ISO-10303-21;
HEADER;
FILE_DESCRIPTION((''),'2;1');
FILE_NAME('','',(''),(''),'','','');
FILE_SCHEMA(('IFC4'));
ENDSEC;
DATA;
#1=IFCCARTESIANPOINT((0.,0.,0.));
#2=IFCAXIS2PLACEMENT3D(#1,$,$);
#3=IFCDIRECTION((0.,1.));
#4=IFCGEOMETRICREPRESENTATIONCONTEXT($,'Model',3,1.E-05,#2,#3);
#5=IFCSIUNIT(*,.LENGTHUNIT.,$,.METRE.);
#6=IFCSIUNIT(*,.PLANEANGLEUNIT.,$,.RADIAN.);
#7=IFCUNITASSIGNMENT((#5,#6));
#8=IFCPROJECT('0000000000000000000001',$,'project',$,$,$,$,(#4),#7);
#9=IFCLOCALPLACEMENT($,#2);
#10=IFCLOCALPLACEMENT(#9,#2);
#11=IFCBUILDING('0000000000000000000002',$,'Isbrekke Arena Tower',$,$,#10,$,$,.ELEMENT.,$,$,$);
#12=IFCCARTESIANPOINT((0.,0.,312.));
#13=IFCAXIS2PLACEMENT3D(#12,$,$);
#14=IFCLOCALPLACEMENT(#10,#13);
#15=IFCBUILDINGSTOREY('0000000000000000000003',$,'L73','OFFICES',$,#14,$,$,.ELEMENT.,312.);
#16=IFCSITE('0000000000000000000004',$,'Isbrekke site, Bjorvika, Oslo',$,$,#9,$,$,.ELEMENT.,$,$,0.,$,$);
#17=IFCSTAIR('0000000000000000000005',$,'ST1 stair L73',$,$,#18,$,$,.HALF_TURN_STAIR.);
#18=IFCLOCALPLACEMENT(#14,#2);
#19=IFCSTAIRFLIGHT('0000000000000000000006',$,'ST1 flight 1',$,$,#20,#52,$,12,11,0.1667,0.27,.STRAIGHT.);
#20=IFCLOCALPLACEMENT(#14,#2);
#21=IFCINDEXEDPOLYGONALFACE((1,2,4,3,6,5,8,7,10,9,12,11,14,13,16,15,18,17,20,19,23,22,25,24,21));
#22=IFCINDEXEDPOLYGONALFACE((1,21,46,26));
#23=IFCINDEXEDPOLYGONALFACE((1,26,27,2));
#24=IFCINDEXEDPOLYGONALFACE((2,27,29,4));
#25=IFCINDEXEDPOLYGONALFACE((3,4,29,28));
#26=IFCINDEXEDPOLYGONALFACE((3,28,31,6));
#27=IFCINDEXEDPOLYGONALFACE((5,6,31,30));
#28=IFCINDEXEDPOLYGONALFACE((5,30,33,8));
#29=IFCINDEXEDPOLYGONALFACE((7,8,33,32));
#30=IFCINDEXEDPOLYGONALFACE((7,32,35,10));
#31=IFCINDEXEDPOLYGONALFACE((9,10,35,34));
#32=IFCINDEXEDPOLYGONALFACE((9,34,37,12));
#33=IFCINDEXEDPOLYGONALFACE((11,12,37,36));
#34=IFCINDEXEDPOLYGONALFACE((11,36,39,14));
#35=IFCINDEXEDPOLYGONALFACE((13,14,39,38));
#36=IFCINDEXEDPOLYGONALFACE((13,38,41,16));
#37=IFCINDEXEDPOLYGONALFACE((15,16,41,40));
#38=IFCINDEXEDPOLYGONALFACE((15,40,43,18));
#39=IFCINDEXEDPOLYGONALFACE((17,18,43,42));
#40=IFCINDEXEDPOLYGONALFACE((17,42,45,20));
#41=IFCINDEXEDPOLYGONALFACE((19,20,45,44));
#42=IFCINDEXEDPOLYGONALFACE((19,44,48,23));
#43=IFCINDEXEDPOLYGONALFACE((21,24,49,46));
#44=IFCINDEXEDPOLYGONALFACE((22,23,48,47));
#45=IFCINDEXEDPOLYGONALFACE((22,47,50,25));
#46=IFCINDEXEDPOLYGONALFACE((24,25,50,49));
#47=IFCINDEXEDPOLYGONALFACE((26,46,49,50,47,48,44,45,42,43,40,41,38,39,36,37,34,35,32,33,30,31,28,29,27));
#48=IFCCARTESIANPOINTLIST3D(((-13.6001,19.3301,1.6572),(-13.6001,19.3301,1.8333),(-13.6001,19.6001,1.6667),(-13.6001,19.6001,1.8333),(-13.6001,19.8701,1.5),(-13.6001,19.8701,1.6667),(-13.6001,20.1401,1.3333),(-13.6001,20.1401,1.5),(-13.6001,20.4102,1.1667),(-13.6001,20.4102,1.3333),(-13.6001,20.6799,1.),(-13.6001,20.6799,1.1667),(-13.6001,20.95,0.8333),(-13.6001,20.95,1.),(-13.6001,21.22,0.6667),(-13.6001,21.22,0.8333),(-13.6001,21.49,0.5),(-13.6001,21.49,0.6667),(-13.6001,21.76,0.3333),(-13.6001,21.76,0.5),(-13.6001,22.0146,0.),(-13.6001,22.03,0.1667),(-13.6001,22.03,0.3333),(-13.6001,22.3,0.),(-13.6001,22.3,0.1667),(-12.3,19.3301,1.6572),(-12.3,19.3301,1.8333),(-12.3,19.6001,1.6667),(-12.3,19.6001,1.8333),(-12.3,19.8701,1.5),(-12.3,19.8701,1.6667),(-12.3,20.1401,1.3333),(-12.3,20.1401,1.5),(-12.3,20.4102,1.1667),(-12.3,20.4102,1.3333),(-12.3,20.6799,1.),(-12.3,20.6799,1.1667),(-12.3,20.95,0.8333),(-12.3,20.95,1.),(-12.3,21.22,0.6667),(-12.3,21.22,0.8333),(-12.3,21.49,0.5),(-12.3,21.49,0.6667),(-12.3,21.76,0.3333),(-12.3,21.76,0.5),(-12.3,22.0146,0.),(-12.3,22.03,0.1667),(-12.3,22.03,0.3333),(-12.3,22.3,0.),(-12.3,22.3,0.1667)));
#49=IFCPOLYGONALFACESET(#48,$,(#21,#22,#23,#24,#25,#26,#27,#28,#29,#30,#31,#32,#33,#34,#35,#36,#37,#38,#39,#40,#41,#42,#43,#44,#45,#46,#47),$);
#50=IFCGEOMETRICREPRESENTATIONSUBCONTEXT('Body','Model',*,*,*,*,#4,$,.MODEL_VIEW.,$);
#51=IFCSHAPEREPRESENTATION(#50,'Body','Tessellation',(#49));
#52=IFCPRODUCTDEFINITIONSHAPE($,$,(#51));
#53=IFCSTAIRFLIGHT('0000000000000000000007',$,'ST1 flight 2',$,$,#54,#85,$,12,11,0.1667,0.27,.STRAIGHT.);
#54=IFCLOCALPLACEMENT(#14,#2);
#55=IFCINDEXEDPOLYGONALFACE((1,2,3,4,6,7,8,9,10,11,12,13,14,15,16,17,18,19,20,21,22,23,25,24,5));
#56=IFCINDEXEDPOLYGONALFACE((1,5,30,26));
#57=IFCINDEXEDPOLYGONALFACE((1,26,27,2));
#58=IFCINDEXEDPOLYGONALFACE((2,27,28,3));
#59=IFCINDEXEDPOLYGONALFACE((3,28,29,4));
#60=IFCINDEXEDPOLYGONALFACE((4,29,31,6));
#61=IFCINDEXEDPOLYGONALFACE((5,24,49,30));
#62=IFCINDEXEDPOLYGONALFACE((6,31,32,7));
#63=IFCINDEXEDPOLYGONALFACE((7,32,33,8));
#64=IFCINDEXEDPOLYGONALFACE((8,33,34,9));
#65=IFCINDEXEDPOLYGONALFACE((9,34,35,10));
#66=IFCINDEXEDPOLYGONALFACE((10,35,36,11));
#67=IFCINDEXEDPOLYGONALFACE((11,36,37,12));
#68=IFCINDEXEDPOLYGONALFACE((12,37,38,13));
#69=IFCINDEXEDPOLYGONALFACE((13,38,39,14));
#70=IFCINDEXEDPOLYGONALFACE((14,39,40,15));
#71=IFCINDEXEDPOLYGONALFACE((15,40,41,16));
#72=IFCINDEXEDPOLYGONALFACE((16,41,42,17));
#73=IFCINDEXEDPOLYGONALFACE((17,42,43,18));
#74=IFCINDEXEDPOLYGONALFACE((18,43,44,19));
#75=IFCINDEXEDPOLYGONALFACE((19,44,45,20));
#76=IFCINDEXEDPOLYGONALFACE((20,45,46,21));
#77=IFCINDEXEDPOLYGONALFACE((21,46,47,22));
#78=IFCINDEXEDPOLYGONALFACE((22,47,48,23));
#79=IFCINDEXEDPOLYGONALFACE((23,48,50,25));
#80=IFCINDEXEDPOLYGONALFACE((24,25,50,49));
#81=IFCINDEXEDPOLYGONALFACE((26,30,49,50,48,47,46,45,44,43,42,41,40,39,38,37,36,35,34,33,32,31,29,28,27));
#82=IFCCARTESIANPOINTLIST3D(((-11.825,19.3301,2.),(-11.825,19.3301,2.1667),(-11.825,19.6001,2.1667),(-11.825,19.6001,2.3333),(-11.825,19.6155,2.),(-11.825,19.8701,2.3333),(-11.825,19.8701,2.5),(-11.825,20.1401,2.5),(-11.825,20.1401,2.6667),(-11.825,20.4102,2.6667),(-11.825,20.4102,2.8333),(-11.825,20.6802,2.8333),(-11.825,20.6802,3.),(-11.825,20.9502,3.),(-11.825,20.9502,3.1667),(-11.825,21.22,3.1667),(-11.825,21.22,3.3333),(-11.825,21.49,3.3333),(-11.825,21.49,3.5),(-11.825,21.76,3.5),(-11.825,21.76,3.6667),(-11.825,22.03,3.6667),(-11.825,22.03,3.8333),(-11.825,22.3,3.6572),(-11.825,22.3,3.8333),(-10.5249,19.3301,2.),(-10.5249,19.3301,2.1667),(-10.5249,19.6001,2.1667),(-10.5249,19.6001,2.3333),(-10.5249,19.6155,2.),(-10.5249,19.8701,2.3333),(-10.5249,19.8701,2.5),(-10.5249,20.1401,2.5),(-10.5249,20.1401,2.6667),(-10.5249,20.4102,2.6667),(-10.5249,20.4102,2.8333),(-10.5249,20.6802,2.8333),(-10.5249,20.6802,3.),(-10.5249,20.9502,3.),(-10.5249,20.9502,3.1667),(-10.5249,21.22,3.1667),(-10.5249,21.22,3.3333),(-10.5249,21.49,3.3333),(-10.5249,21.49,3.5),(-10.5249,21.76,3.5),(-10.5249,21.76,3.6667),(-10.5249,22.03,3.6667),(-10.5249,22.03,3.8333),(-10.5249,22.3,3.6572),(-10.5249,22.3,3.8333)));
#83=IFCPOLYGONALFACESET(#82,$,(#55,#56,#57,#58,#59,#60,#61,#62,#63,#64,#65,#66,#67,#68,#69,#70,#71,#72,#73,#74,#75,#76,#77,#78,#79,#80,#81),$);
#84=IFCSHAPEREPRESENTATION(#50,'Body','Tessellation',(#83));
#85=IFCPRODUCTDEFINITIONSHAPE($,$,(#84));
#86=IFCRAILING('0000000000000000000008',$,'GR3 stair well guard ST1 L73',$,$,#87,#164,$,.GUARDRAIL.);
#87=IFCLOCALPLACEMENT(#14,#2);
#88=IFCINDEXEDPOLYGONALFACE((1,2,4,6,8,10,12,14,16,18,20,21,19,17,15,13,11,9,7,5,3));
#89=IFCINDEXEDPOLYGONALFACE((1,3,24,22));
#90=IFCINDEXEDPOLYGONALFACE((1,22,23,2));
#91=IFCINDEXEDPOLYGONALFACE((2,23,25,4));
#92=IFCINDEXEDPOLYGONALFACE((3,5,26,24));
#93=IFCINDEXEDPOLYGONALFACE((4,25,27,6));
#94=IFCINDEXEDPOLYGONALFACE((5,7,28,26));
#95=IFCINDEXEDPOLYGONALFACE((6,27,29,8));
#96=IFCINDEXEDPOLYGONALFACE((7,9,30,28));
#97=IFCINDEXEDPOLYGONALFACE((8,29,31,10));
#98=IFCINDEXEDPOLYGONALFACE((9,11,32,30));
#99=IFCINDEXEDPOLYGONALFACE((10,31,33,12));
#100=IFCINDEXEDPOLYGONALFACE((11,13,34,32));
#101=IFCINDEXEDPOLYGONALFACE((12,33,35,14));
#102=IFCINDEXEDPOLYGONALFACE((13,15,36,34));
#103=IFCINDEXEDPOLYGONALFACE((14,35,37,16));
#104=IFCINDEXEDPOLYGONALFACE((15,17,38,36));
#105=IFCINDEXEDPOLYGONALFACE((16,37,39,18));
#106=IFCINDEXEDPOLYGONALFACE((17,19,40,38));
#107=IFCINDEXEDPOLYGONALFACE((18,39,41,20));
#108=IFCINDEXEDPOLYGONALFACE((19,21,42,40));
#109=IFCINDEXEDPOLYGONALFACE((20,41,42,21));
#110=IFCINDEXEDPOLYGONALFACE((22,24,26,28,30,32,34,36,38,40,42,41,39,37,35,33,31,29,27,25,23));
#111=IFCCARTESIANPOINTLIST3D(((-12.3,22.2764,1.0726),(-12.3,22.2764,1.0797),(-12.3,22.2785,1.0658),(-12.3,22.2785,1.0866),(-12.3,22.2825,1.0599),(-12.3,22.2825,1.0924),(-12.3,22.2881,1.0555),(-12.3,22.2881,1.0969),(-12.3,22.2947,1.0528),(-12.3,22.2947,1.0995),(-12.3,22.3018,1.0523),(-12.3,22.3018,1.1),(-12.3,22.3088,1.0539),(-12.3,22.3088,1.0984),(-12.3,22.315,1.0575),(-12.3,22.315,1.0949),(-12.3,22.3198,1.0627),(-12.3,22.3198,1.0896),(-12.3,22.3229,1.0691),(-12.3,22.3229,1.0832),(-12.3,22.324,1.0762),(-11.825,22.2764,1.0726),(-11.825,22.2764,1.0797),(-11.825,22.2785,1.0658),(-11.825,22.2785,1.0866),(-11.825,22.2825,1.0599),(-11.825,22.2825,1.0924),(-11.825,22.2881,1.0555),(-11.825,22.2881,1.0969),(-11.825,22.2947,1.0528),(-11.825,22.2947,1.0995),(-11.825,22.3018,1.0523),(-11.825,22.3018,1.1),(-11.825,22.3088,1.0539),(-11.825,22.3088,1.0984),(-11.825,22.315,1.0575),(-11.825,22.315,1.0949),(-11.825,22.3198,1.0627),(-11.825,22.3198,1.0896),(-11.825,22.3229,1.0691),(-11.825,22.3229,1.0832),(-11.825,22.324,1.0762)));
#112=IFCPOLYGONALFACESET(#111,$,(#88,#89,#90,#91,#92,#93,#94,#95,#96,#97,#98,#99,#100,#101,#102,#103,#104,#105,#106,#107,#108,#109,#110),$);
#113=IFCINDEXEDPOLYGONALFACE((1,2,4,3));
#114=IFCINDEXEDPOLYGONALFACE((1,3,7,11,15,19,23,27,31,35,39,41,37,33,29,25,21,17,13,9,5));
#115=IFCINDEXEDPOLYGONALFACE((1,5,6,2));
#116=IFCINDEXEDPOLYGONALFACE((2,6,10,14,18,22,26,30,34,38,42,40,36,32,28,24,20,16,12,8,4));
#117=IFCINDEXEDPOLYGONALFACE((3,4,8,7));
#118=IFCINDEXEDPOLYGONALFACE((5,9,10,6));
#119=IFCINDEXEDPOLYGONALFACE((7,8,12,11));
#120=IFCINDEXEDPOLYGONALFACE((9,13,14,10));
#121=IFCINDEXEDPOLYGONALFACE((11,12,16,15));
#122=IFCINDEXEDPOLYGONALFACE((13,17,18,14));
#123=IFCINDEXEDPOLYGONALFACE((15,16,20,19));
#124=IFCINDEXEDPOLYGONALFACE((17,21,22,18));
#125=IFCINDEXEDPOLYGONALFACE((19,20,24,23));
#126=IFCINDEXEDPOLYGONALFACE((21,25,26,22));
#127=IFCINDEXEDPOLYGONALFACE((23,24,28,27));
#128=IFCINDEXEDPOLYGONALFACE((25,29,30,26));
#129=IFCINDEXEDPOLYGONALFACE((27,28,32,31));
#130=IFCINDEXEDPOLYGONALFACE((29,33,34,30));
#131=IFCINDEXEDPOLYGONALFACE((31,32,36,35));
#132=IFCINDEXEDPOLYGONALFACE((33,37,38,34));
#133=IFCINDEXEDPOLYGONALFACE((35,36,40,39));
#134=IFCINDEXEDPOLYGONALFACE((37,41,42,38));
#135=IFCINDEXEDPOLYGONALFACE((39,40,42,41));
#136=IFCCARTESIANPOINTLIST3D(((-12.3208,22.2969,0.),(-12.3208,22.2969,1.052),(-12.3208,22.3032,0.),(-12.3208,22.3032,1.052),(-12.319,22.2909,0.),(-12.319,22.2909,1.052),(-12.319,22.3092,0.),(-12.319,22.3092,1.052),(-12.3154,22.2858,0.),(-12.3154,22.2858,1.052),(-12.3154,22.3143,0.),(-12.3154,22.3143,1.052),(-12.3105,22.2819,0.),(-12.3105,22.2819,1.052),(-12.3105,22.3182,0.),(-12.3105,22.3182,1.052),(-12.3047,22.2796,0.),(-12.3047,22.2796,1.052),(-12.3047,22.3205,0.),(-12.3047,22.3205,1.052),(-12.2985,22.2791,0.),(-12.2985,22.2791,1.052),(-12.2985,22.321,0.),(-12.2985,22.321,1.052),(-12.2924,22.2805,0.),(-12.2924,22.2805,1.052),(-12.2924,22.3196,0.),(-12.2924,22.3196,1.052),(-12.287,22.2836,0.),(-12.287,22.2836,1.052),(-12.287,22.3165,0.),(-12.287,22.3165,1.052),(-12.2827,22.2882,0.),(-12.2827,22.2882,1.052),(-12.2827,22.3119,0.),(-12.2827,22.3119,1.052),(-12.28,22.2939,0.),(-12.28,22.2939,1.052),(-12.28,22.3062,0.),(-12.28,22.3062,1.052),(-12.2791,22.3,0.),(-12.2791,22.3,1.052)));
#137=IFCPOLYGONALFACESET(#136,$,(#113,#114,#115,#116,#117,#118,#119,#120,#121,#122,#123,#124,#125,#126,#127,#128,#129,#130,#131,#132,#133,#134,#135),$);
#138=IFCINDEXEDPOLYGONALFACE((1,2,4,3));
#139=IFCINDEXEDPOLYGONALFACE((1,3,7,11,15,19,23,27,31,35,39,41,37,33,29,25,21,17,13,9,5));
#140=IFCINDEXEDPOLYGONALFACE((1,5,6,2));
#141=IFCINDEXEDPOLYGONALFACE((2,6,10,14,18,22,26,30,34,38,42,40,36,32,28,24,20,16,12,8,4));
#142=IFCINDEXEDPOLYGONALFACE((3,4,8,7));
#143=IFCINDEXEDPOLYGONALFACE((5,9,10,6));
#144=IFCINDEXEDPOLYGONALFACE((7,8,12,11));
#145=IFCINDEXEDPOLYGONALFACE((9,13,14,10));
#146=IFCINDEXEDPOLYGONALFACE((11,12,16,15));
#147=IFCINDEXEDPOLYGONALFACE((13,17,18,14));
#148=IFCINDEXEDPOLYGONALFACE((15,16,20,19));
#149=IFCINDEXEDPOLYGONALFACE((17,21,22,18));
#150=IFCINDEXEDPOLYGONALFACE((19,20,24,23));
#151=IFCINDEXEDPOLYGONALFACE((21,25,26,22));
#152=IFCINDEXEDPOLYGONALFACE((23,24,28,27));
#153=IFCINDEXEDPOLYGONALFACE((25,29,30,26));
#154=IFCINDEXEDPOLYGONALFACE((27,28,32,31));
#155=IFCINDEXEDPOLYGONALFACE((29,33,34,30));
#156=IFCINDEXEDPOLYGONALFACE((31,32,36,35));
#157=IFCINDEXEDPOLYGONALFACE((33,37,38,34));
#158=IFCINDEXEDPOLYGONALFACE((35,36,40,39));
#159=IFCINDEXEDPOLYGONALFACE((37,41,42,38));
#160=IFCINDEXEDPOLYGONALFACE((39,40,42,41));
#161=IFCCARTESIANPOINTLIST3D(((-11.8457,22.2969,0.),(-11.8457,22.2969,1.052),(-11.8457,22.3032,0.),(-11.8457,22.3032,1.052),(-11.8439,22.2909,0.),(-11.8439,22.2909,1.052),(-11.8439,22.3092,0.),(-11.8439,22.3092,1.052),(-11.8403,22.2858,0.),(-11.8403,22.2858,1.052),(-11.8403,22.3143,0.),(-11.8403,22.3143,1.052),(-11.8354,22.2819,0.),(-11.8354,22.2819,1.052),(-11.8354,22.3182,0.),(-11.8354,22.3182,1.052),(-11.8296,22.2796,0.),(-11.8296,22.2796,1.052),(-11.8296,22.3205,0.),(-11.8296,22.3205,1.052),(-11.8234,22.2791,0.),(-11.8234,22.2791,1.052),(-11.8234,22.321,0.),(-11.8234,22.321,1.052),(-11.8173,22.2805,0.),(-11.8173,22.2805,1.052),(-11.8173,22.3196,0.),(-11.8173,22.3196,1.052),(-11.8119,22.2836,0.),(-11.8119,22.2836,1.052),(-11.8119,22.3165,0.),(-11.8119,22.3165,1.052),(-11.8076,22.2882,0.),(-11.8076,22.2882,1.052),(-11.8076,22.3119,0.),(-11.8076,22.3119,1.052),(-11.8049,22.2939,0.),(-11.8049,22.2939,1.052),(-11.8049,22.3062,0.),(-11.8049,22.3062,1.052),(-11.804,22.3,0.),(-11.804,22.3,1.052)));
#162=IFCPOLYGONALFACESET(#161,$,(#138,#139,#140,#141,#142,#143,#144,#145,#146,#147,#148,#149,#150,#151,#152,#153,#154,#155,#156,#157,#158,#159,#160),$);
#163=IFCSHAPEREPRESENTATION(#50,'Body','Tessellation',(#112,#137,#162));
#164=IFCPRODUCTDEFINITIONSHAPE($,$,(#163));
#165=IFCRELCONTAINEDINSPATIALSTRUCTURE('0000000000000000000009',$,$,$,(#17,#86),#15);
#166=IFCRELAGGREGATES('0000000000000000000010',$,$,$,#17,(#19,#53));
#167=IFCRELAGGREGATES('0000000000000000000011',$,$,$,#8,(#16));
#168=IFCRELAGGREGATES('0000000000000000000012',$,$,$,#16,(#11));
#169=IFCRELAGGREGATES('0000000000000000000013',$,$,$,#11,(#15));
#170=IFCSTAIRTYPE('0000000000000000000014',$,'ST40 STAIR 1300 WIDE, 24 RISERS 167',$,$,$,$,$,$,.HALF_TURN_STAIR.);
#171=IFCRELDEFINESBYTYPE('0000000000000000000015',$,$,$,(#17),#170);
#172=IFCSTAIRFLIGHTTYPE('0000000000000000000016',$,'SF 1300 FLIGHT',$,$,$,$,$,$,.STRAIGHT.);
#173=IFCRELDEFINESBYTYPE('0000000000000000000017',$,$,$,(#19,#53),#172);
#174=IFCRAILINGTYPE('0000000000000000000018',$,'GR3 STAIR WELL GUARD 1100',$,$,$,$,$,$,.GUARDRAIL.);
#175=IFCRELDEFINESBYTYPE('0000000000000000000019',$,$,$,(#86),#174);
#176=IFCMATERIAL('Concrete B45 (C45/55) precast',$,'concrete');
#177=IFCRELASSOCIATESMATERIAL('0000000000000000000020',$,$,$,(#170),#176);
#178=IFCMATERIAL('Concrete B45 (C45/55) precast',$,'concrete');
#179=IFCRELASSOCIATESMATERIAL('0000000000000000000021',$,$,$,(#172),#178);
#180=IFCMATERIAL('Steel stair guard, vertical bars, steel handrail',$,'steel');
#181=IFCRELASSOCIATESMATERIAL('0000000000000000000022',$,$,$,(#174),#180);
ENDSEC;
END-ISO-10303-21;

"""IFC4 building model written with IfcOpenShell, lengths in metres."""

from ifc_helpers import new_model, si_unit, direction, frame, origin, origin_2d, place, context, subcontext, project, spatial, polyline, circle, outline, extrude, material, type_object, element, aggregate, save


model = new_model("IFC4")

# Units and contexts
model_context = context("Model", 3, precision=1e-05, world=origin(), true_north=direction((0.0, 1.0)))
body_context = subcontext(model_context, "Body", "Model", "MODEL_VIEW")
ifc_project = project(units=[si_unit("LENGTHUNIT", "METRE"), si_unit("PLANEANGLEUNIT", "RADIAN")], contexts=[model_context])

# Site, building, storey
site_placement = place(None, origin())
site = spatial("IfcSite", under=ifc_project, at=site_placement, Name="Isbrekke site, Bjorvika, Oslo", CompositionType="ELEMENT", RefElevation=0.0)
building_placement = place(site_placement, origin())
building = spatial("IfcBuilding", under=site, at=building_placement, Name="Isbrekke Arena Tower", CompositionType="ELEMENT")
storey_placement = place(building_placement, frame((0.0, 0.0, 312.0)))
storey = spatial("IfcBuildingStorey", under=building, at=storey_placement, Name="L73", Description="OFFICES", CompositionType="ELEMENT", Elevation=312.0)

# Stair, stair flights
ifc_material_1 = material(Name="Concrete B45 (C45/55) precast", Category="concrete")
stair_type = type_object("IfcStairType", Name="ST40 STAIR 1300 WIDE, 24 RISERS 167", PredefinedType="HALF_TURN_STAIR", material=ifc_material_1)
stair_placement = place(storey_placement, origin())
stair = element("IfcStair", 1, at=stair_placement, inside=storey, type_object=stair_type, Name="ST1 stair L73", PredefinedType="HALF_TURN_STAIR")
ifc_material_2 = material(Name="Concrete B45 (C45/55) precast", Category="concrete")
stair_flight_type = type_object("IfcStairFlightType", Name="SF 1300 FLIGHT", PredefinedType="STRAIGHT", material=ifc_material_2)
stair_flight_1_placement = place(storey_placement, frame((-12.95, 22.3, 0.0), z_axis=(0.0, 0.0, 1.0), x_axis=(0.0, -1.0, 0.0)))
stair_flight_1 = element("IfcStairFlight", 2, at=stair_flight_1_placement, type_object=stair_flight_type, Name="ST1 flight 1", NumberOfRisers=12, NumberOfTreads=11, PredefinedType="STRAIGHT", RiserHeight=0.1667, TreadLength=0.27, context=body_context, shape_type="SweptSolid", body=[
    extrude(outline(polyline([(0.0, 0.0), (0.0, 0.1667), (0.27, 0.1667), (0.27, 0.3333), (0.54, 0.3333), (0.54, 0.5), (0.8101, 0.5), (0.8101, 0.6667), (1.0801, 0.6667), (1.0801, 0.8333), (1.3501, 0.8333), (1.3501, 1.0), (1.6201, 1.0), (1.6201, 1.1667), (1.8899, 1.1667), (1.8899, 1.3333), (2.1599, 1.3333), (2.1599, 1.5), (2.4299, 1.5), (2.4299, 1.6667), (2.7, 1.6667), (2.7, 1.8333), (2.97, 1.8333), (2.97, 2.0), (2.97, 1.6572), (0.2854, 0.0), (0.0, 0.0)])), frame((0.0, 0.6499, 0.0), z_axis=(0.0, -1.0, 0.0), x_axis=(1.0, 0.0, 0.0)), (0.0, 0.0, 1.0), 1.3),
])
stair_flight_2_placement = place(storey_placement, frame((-11.175, 19.3301, 2.0), z_axis=(0.0, 0.0, 1.0), x_axis=(0.0, 1.0, 0.0)))
stair_flight_2 = element("IfcStairFlight", 3, at=stair_flight_2_placement, type_object=stair_flight_type, Name="ST1 flight 2", NumberOfRisers=12, NumberOfTreads=11, PredefinedType="STRAIGHT", RiserHeight=0.1667, TreadLength=0.27, context=body_context, shape_type="SweptSolid", body=[
    extrude(outline(polyline([(0.0, 0.0), (0.0, 0.1667), (0.27, 0.1667), (0.27, 0.3333), (0.54, 0.3333), (0.54, 0.5), (0.8101, 0.5), (0.8101, 0.6667), (1.0801, 0.6667), (1.0801, 0.8333), (1.3501, 0.8333), (1.3501, 1.0), (1.6201, 1.0), (1.6201, 1.1667), (1.8899, 1.1667), (1.8899, 1.3333), (2.1599, 1.3333), (2.1599, 1.5), (2.4299, 1.5), (2.4299, 1.6667), (2.7, 1.6667), (2.7, 1.8333), (2.97, 1.8333), (2.97, 2.0), (2.97, 1.6572), (0.2854, 0.0), (0.0, 0.0)])), frame((0.0, 0.6499, 0.0), z_axis=(0.0, -1.0, 0.0), x_axis=(1.0, 0.0, 0.0)), (0.0, 0.0, 1.0), 1.3),
])
aggregate(stair, [stair_flight_1, stair_flight_2])

# Railing
ifc_material_3 = material(Name="Steel stair guard, vertical bars, steel handrail", Category="steel")
railing_type = type_object("IfcRailingType", Name="GR3 STAIR WELL GUARD 1100", PredefinedType="GUARDRAIL", material=ifc_material_3)
railing_placement = place(storey_placement, frame((-12.3, 22.3, 0.0)))
element("IfcRailing", 4, at=railing_placement, inside=storey, type_object=railing_type, Name="GR3 stair well guard ST1 L73", PredefinedType="GUARDRAIL", context=body_context, shape_type="SweptSolid", body=[
    extrude(circle(Radius=0.0239, at=origin_2d()), frame((0.0, 0.0, 1.0762), z_axis=(1.0, 0.0, 0.0), x_axis=(0.0, 1.0, 0.0)), (0.0, 0.0, 1.0), 0.4751),
    extrude(circle(Radius=0.021, at=origin_2d()), origin(), (0.0, 0.0, 1.0), 1.052),
    extrude(circle(Radius=0.021, at=origin_2d()), frame((0.4751, 0.0, 0.0)), (0.0, 0.0, 1.0), 1.052),
])

save(model, "model.ifc")
